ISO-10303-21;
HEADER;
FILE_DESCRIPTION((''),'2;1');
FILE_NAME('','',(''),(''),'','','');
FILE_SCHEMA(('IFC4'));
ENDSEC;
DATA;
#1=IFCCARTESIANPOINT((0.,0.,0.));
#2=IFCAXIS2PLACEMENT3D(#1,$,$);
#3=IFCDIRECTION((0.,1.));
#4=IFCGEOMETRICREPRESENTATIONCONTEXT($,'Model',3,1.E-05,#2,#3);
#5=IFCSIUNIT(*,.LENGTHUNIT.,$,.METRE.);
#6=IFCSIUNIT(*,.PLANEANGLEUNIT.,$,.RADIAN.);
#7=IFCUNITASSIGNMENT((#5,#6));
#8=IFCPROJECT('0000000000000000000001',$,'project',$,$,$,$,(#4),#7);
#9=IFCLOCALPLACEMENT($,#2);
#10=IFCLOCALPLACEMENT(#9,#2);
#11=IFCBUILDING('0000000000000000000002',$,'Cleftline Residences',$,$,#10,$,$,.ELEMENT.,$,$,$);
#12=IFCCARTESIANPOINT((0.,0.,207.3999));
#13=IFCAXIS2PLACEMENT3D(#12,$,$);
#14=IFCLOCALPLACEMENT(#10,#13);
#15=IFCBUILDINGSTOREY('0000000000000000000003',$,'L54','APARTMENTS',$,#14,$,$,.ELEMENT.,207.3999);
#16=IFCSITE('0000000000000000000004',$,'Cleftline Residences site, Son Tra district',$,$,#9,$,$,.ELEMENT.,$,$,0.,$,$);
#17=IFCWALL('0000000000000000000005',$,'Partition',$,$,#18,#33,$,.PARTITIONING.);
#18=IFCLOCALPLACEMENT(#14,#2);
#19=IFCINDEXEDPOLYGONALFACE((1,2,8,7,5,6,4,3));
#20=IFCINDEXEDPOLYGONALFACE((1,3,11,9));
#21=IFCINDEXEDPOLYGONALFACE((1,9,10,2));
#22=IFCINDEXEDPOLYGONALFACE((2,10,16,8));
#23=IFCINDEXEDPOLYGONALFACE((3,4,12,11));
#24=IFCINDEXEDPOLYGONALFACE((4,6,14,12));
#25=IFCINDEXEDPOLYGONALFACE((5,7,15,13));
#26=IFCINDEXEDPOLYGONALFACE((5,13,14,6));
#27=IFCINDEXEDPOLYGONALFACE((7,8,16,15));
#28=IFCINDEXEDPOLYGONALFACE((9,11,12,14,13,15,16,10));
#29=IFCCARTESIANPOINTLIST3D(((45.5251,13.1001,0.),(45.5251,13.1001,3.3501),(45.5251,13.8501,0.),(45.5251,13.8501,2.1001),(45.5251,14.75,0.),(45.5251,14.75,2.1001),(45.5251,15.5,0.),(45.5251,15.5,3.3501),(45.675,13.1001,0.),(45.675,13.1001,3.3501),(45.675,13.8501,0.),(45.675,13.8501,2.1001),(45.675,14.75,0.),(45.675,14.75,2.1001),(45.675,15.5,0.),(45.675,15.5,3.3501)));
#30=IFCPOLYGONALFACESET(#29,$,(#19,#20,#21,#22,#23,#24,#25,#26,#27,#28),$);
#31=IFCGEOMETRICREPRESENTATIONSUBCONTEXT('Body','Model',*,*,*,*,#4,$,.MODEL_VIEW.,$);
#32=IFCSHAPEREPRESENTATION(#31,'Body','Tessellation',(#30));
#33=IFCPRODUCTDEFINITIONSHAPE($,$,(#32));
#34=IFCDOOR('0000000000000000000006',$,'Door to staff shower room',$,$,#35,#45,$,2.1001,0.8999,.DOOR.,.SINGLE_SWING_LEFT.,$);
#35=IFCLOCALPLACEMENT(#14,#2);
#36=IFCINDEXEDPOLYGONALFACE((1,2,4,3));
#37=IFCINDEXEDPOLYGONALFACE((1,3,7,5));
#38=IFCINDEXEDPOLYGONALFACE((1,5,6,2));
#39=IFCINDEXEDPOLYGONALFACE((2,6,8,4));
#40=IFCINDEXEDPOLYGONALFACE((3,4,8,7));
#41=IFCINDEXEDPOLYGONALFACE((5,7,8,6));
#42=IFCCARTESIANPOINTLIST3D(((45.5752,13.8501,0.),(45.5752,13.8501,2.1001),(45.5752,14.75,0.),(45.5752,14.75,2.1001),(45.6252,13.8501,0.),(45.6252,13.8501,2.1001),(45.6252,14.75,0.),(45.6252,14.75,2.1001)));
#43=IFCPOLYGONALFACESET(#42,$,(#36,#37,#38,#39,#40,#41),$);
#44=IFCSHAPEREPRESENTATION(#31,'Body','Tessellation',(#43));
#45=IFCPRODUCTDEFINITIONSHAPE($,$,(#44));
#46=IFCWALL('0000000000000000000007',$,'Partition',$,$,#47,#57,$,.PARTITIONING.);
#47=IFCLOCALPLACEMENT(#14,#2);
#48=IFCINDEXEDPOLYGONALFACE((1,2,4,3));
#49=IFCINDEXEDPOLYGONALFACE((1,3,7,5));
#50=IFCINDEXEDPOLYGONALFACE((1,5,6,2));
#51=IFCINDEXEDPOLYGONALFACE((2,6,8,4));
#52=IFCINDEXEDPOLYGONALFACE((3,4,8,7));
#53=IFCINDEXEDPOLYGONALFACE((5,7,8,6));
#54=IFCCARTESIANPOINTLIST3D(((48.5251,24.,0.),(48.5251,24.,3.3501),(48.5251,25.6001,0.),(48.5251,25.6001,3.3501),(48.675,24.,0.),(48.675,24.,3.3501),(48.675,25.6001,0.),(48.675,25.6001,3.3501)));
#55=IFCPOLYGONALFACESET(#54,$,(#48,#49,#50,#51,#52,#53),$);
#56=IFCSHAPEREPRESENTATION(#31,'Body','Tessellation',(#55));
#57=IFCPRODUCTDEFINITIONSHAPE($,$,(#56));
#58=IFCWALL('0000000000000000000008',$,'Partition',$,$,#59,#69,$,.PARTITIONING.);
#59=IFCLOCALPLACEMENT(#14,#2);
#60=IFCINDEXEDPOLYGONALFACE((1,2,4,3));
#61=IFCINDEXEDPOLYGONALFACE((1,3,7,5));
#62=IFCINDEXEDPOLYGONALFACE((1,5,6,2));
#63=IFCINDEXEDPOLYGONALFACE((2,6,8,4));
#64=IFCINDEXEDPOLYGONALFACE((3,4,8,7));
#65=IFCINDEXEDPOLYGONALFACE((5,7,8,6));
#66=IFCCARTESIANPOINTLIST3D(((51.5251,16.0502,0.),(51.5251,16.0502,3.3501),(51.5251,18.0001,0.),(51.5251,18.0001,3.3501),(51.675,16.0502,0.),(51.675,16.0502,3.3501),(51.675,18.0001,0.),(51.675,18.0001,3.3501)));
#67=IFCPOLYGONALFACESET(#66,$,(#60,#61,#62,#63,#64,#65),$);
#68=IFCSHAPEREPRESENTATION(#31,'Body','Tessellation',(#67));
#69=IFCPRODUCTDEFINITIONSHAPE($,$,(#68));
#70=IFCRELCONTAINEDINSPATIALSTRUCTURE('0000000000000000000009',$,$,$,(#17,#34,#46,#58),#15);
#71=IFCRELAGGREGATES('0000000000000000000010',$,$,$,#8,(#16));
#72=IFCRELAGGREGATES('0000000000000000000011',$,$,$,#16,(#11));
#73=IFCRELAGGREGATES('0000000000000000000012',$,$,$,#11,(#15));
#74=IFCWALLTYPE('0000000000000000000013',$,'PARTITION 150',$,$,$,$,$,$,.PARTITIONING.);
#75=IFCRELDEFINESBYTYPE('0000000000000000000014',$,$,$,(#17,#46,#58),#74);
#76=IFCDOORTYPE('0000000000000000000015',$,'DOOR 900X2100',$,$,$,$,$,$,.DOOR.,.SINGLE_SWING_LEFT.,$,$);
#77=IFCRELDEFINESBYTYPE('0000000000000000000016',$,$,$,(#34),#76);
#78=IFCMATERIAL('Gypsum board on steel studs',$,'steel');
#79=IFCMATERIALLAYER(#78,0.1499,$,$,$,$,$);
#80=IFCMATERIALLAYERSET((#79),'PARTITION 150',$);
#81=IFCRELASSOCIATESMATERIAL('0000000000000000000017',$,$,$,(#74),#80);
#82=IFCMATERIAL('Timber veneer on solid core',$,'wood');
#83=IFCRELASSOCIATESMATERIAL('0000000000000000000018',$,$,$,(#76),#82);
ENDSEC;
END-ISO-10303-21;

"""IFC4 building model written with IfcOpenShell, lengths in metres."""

from ifc_helpers import new_model, si_unit, direction, frame, frame_2d, origin, place, context, subcontext, project, spatial, rectangle, extrude, material, layer, layer_set, type_object, element, fill, save


model = new_model("IFC4")

# Units and contexts
model_context = context("Model", 3, precision=1e-05, world=origin(), true_north=direction((0.0, 1.0)))
body_context = subcontext(model_context, "Body", "Model", "MODEL_VIEW")
ifc_project = project(units=[si_unit("LENGTHUNIT", "METRE"), si_unit("PLANEANGLEUNIT", "RADIAN")], contexts=[model_context])

# Site, building, storey
site_placement = place(None, origin())
site = spatial("IfcSite", under=ifc_project, at=site_placement, Name="Cleftline Residences site, Son Tra district", CompositionType="ELEMENT", RefElevation=0.0)
building_placement = place(site_placement, origin())
building = spatial("IfcBuilding", under=site, at=building_placement, Name="Cleftline Residences", CompositionType="ELEMENT")
storey_placement = place(building_placement, frame((0.0, 0.0, 207.3999)))
storey = spatial("IfcBuildingStorey", under=building, at=storey_placement, Name="L54", Description="APARTMENTS", CompositionType="ELEMENT", Elevation=207.3999)

# Shared definitions
ifc_material_1 = material(Name="Gypsum board on steel studs", Category="steel")
ifc_layer_1 = layer(ifc_material_1, 0.1499)
ifc_layer_set_1 = layer_set([ifc_layer_1], Name="PARTITION 150")
wall_type_1 = type_object("IfcWallType", Name="PARTITION 150", PredefinedType="PARTITIONING", material=ifc_layer_set_1)

# Wall, opening, door
wall_1_placement = place(storey_placement, frame((45.6001, 13.1001, 0.0), z_axis=(0.0, 0.0, 1.0), x_axis=(0.0, 1.0, 0.0)))
wall_1 = element("IfcWall", 1, at=wall_1_placement, inside=storey, type_object=wall_type_1, Name="Partition", PredefinedType="PARTITIONING", context=body_context, shape_type="SweptSolid", body=[
    extrude(rectangle(XDim=2.3999, YDim=0.1499, at=frame_2d((1.2, 0.0))), origin(), (0.0, 0.0, 1.0), 3.3501),
])
opening_1_placement = place(wall_1_placement, frame((0.75, 0.0, 0.0)))
opening_1 = element("IfcOpeningElement", 2, at=opening_1_placement, cuts=wall_1, PredefinedType="OPENING", context=body_context, shape_type="SweptSolid", body=[
    extrude(rectangle(XDim=0.8999, YDim=2.1001, at=frame_2d((0.45, 1.05))), frame((0.0, 0.085, 0.0), z_axis=(0.0, -1.0, 0.0), x_axis=(1.0, 0.0, 0.0)), (0.0, 0.0, 1.0), 0.1699),
])
ifc_material_2 = material(Name="Timber veneer on solid core", Category="wood")
door_type_1 = type_object("IfcDoorType", Name="DOOR 900X2100", OperationType="SINGLE_SWING_LEFT", PredefinedType="DOOR", material=ifc_material_2)
door_1_placement = place(opening_1_placement, origin())
door_1 = element("IfcDoor", 3, at=door_1_placement, inside=storey, type_object=door_type_1, Name="Door to staff shower room", OperationType="SINGLE_SWING_LEFT", OverallHeight=2.1001, OverallWidth=0.8999, PredefinedType="DOOR", context=body_context, shape_type="SweptSolid", body=[
    extrude(rectangle(XDim=0.8999, YDim=2.1001, at=frame_2d((0.45, 1.05))), frame((0.0, 0.0249, 0.0), z_axis=(0.0, -1.0, 0.0), x_axis=(1.0, 0.0, 0.0)), (0.0, 0.0, 1.0), 0.05),
])
fill(opening_1, door_1)

# Walls
wall_2_placement = place(storey_placement, frame((48.6001, 24.0, 0.0), z_axis=(0.0, 0.0, 1.0), x_axis=(0.0, 1.0, 0.0)))
element("IfcWall", 4, at=wall_2_placement, inside=storey, type_object=wall_type_1, Name="Partition", PredefinedType="PARTITIONING", context=body_context, shape_type="SweptSolid", body=[
    extrude(rectangle(XDim=1.6001, YDim=0.1499, at=frame_2d((0.8, 0.0))), origin(), (0.0, 0.0, 1.0), 3.3501),
])
wall_3_placement = place(storey_placement, frame((51.6001, 16.05, 0.0), z_axis=(0.0, 0.0, 1.0), x_axis=(0.0, 1.0, 0.0)))
element("IfcWall", 5, at=wall_3_placement, inside=storey, type_object=wall_type_1, Name="Partition", PredefinedType="PARTITIONING", context=body_context, shape_type="SweptSolid", body=[
    extrude(rectangle(XDim=1.95, YDim=0.1499, at=frame_2d((0.9751, 0.0))), origin(), (0.0, 0.0, 1.0), 3.3501),
])

save(model, "model.ifc")
